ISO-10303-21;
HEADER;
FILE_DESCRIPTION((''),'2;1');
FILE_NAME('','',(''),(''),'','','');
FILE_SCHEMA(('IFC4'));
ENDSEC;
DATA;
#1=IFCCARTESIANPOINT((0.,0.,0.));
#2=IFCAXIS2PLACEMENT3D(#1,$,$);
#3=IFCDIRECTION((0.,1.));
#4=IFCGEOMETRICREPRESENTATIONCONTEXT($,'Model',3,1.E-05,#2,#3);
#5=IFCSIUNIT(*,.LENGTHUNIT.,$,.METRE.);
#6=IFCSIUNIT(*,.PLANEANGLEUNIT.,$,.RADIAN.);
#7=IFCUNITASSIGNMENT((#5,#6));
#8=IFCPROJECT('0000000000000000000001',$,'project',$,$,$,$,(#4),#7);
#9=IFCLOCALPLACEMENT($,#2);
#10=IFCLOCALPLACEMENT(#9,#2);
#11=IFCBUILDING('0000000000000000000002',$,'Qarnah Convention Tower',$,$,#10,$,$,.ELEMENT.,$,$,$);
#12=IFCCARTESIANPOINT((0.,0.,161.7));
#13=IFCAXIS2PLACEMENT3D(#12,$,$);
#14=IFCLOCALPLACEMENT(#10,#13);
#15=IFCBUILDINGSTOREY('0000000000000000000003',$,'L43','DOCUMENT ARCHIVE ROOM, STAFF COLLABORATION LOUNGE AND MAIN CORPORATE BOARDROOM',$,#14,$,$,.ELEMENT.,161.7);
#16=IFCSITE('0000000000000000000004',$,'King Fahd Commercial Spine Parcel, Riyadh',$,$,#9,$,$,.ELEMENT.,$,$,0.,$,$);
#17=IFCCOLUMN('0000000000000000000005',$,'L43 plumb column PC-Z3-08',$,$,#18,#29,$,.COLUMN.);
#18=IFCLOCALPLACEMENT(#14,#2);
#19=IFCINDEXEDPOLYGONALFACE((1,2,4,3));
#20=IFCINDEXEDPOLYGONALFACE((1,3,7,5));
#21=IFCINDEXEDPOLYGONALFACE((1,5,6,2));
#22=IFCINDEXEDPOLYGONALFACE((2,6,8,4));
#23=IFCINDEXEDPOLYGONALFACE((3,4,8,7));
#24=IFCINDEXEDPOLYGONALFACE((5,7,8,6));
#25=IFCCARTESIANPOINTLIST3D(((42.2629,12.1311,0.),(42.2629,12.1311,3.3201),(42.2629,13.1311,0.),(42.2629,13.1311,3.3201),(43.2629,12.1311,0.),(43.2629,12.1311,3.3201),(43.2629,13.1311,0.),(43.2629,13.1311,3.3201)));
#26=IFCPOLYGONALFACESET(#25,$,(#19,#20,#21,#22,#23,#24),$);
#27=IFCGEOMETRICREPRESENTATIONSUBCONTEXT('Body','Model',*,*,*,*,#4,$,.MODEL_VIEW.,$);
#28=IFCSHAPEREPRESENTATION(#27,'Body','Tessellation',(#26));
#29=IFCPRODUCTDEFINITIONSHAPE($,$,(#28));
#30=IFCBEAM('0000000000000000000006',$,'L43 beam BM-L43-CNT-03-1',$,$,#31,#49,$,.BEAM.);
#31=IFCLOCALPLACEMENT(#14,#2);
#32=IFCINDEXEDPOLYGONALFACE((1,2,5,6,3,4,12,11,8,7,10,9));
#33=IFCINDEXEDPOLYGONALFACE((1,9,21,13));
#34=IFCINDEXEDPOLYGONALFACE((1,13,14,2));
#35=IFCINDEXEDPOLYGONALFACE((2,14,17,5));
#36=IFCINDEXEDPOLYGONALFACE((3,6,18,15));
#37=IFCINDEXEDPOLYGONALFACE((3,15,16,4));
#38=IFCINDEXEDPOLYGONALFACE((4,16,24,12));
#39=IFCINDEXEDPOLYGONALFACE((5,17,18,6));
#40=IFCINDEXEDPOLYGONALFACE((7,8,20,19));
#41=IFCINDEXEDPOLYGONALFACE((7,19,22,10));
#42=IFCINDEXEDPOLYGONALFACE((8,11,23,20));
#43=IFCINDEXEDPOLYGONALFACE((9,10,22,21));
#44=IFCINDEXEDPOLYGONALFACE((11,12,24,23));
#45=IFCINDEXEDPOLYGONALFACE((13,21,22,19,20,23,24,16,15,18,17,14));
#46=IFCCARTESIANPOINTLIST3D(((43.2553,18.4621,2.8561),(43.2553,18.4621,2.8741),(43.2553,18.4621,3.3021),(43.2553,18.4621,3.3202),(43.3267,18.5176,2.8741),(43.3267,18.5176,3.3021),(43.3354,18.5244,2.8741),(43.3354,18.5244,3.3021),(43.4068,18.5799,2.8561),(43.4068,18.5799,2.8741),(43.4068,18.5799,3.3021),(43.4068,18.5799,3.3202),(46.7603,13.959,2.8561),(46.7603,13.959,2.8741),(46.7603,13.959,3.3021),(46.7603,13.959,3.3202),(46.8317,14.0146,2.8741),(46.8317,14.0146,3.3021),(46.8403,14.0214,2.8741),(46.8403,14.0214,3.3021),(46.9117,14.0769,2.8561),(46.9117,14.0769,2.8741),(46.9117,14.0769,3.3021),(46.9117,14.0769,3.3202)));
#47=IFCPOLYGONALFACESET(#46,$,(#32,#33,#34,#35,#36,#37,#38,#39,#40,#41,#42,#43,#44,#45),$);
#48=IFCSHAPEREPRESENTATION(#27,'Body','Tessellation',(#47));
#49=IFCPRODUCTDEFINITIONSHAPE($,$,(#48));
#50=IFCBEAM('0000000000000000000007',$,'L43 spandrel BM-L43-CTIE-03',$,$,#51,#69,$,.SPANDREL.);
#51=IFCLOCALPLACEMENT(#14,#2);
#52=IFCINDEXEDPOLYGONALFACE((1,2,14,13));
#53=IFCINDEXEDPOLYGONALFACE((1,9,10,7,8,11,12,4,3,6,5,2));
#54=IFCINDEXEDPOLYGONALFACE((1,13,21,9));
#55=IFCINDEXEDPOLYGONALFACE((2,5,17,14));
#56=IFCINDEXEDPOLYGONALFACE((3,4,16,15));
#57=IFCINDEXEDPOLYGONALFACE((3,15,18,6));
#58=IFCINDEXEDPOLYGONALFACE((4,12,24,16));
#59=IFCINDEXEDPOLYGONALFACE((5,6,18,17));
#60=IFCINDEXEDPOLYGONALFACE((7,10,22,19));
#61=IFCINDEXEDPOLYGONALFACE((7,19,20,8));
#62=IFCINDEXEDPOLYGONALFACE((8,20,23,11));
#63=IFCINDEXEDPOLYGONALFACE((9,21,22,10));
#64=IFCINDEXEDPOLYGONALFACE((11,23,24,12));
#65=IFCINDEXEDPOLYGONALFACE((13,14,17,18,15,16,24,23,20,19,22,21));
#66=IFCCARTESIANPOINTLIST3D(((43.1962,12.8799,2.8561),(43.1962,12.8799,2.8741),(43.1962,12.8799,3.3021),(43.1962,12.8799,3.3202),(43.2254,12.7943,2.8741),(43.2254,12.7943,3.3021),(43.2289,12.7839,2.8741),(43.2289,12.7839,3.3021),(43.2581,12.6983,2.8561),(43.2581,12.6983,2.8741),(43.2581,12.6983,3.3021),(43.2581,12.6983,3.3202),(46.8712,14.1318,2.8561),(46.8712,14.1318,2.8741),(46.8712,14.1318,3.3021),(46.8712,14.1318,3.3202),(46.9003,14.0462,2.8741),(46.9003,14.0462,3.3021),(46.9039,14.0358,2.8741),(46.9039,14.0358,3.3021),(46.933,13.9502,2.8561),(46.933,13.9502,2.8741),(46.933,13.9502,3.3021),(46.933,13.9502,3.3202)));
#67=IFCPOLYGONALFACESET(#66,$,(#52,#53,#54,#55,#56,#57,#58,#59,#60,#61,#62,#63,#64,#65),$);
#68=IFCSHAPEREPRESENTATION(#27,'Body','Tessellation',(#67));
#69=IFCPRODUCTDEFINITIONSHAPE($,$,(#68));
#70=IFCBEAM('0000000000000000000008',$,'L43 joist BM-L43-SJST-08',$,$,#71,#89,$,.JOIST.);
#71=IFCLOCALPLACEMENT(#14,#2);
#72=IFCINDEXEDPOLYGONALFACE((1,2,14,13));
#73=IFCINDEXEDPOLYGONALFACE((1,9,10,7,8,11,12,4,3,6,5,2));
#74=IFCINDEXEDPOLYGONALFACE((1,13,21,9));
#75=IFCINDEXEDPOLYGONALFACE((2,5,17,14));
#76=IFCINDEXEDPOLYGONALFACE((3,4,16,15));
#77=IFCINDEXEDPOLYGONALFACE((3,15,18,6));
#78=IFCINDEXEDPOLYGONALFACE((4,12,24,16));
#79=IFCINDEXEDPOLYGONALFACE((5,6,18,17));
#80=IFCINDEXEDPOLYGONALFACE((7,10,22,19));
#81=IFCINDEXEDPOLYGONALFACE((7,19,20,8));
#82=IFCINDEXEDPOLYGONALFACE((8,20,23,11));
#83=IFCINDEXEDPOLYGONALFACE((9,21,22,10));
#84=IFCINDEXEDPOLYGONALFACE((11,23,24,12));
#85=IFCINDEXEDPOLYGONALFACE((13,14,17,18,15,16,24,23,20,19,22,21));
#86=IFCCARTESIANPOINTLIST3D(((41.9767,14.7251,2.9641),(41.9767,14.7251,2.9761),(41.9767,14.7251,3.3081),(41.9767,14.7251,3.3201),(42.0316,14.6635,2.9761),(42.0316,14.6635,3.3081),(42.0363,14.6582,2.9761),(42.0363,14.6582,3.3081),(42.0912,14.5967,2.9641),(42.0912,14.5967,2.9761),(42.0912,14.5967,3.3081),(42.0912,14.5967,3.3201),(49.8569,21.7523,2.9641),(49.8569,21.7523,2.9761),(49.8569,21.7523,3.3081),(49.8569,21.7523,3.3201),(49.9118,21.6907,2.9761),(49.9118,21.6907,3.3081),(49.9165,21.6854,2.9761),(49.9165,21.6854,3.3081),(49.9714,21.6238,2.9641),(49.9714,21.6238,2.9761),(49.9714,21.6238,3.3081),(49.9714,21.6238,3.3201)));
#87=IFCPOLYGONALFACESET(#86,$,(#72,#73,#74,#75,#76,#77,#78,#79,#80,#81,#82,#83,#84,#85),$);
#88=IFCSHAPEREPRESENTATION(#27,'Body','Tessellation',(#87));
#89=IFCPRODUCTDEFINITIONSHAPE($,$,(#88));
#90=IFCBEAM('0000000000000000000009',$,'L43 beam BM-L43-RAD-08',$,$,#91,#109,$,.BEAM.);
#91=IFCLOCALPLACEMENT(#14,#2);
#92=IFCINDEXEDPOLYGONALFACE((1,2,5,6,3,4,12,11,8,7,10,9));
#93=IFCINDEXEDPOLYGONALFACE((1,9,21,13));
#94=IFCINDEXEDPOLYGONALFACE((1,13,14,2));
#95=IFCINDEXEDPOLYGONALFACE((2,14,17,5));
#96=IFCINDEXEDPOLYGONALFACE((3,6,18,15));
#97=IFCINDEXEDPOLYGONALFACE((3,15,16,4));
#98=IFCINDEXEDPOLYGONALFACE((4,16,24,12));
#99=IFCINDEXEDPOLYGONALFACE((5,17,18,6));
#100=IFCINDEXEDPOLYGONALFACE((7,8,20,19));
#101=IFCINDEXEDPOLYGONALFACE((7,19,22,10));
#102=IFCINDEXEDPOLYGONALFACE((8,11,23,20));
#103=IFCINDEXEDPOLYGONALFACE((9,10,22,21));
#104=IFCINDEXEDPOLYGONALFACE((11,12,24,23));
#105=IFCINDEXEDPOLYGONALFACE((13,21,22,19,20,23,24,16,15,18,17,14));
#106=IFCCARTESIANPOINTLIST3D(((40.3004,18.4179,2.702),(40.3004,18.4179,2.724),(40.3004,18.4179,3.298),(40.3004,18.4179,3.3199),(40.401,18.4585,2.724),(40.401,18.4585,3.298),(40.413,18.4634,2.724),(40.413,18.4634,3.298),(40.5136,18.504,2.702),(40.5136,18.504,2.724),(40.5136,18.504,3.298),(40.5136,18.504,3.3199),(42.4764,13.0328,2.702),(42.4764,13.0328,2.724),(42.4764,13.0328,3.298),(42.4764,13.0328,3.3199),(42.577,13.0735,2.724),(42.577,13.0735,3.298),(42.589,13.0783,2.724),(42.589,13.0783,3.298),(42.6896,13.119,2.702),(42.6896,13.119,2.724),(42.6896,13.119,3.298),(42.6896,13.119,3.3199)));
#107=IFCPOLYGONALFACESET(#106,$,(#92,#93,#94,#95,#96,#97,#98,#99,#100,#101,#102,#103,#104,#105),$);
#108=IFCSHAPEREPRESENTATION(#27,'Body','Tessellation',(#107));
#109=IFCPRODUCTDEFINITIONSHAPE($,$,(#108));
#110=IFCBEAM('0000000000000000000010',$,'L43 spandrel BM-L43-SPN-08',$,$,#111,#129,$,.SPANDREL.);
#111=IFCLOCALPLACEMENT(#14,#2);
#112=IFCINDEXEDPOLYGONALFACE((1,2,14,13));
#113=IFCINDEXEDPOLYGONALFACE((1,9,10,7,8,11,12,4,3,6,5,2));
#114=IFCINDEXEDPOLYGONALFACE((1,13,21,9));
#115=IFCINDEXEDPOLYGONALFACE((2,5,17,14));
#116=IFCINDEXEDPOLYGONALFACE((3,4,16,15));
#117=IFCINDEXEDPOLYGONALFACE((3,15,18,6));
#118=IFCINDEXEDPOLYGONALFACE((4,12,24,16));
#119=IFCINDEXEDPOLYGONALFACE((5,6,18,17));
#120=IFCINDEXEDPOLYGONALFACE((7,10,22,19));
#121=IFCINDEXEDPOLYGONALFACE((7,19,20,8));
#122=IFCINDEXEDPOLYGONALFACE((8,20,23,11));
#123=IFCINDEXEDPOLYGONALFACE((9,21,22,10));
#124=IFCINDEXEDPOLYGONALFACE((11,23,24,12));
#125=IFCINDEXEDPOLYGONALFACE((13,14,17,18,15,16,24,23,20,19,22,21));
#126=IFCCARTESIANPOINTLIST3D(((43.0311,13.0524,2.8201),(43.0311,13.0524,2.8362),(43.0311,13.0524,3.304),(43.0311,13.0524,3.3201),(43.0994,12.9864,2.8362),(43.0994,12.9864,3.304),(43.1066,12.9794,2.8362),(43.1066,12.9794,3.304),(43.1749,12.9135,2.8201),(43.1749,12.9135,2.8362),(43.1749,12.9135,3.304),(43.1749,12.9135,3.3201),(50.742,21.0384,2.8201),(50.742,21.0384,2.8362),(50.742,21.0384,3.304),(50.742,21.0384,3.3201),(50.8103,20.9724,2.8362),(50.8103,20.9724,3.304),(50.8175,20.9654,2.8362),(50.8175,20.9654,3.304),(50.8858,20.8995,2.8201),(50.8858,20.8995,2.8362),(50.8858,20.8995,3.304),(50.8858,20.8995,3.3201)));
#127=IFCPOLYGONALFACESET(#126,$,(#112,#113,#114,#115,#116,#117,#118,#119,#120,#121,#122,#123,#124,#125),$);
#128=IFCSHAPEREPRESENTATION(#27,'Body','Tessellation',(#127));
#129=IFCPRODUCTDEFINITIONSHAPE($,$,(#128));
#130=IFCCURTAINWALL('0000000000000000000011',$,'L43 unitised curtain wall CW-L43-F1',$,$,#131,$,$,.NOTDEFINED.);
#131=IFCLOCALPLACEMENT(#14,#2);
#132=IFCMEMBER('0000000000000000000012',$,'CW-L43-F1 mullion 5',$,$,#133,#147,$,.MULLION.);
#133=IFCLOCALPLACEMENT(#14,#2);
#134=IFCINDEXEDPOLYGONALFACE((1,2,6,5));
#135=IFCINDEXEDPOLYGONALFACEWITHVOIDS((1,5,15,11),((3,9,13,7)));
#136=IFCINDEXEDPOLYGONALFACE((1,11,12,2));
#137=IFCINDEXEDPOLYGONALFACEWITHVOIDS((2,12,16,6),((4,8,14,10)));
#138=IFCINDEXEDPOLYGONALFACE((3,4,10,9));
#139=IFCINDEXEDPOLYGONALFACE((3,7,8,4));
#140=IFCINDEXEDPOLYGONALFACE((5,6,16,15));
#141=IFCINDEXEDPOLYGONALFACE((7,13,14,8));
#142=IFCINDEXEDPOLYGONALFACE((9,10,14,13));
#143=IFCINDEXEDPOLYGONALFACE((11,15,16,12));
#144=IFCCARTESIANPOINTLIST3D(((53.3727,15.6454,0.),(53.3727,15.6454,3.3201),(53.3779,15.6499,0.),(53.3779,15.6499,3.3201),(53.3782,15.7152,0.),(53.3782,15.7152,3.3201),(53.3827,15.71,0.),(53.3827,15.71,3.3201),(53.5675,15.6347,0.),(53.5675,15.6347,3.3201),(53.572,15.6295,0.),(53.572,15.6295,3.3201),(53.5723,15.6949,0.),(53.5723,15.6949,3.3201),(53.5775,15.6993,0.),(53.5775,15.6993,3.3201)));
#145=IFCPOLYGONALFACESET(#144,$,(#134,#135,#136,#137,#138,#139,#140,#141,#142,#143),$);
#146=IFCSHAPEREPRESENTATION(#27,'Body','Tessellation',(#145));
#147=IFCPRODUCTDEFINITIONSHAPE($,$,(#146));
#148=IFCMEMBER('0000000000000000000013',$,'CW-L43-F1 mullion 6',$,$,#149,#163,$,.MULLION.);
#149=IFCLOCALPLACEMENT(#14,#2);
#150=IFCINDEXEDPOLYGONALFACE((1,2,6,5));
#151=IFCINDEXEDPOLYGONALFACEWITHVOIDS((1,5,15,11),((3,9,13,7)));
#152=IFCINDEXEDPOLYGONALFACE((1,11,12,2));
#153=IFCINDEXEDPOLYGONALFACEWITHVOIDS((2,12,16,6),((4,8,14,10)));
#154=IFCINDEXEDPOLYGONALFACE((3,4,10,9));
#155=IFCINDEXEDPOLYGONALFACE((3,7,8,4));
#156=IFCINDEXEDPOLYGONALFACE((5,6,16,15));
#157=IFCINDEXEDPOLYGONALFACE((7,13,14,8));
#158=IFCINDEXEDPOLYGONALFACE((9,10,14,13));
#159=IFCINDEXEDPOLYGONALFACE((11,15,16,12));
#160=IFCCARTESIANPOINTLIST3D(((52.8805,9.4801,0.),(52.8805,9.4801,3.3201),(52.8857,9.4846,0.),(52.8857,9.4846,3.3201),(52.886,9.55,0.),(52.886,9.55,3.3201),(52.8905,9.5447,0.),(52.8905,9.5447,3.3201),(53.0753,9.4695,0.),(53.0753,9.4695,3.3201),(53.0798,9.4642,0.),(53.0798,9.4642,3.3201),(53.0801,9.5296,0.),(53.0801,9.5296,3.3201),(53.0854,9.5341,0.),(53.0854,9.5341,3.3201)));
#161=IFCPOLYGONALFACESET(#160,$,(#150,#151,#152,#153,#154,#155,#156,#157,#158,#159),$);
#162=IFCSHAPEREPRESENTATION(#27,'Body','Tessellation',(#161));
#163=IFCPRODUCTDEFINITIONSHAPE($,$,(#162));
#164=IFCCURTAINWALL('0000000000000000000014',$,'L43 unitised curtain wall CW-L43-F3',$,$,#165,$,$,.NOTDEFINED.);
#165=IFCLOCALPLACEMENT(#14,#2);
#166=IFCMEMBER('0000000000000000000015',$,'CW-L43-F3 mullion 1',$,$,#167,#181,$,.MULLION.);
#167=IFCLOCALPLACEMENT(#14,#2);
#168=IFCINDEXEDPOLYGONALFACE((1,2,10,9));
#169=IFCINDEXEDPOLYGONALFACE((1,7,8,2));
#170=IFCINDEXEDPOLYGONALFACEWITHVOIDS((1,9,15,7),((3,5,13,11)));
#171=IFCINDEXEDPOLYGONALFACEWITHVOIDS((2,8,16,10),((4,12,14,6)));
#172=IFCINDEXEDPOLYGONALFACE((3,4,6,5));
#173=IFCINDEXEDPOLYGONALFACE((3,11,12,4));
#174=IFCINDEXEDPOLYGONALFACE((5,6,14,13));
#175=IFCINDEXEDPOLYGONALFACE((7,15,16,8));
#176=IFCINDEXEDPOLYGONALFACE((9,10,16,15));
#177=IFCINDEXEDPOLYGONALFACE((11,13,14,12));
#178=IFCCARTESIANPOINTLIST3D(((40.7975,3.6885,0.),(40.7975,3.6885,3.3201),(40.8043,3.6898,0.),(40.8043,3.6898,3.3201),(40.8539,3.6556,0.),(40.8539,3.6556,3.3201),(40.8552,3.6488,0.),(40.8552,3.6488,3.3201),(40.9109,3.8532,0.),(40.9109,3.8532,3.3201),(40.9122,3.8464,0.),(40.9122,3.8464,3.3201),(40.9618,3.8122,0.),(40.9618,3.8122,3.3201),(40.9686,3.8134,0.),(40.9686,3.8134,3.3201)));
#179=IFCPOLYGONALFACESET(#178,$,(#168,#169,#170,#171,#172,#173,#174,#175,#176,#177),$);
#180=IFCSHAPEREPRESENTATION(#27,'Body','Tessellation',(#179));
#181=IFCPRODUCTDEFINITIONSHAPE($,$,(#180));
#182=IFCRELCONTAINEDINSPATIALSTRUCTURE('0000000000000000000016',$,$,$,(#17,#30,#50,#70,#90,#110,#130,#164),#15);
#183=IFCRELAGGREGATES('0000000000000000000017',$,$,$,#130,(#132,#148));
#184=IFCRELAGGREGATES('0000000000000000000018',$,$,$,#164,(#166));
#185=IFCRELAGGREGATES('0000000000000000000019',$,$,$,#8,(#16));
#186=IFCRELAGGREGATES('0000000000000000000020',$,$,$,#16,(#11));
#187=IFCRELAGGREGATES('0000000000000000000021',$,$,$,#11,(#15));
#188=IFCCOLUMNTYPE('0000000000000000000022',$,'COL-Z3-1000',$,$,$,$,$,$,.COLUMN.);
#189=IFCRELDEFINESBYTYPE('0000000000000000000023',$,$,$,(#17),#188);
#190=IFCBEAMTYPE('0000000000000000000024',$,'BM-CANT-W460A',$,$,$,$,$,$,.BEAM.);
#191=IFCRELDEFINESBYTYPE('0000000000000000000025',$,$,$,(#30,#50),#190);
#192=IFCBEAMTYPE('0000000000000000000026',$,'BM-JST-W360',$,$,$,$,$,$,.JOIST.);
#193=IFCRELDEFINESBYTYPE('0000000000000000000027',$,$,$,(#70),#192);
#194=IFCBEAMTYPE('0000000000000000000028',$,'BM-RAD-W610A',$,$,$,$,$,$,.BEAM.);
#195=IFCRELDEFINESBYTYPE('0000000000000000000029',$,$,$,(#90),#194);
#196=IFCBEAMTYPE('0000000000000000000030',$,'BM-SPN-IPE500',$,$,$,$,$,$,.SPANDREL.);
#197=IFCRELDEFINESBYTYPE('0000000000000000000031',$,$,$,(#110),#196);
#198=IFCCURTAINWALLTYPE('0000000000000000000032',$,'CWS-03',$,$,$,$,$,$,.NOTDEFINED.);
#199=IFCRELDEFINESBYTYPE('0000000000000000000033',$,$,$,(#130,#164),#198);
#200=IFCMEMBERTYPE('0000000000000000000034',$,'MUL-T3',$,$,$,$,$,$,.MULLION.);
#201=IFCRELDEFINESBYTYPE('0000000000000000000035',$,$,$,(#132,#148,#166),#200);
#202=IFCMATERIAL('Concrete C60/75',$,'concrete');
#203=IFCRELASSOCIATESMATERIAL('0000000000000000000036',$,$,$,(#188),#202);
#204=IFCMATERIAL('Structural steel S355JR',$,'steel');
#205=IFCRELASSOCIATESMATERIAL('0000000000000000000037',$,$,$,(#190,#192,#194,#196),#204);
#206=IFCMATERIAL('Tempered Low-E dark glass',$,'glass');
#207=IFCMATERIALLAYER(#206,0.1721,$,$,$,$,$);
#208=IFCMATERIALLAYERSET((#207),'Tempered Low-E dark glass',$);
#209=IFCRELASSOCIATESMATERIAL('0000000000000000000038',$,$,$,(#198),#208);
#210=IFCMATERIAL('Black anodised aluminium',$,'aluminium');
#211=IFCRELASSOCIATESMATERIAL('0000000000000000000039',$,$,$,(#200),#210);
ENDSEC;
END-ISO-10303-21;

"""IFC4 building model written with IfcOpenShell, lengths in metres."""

from ifc_helpers import new_model, si_unit, direction, frame, origin, origin_2d, place, context, subcontext, project, spatial, rectangle, hollow_rectangle, i_section, extrude, material, layer, layer_set, material_profile, profile_set, type_object, element, aggregate, save


model = new_model("IFC4")

# Units and contexts
model_context = context("Model", 3, precision=1e-05, world=origin(), true_north=direction((0.0, 1.0)))
body_context = subcontext(model_context, "Body", "Model", "MODEL_VIEW")
ifc_project = project(units=[si_unit("LENGTHUNIT", "METRE"), si_unit("PLANEANGLEUNIT", "RADIAN")], contexts=[model_context])

# Site, building, storey
site_placement = place(None, origin())
site = spatial("IfcSite", under=ifc_project, at=site_placement, Name="King Fahd Commercial Spine Parcel, Riyadh", CompositionType="ELEMENT", RefElevation=0.0)
building_placement = place(site_placement, origin())
building = spatial("IfcBuilding", under=site, at=building_placement, Name="Qarnah Convention Tower", CompositionType="ELEMENT")
storey_placement = place(building_placement, frame((0.0, 0.0, 161.7)))
storey = spatial("IfcBuildingStorey", under=building, at=storey_placement, Name="L43", Description="DOCUMENT ARCHIVE ROOM, STAFF COLLABORATION LOUNGE AND MAIN CORPORATE BOARDROOM", CompositionType="ELEMENT", Elevation=161.7)

# Column
ifc_material_1 = material(Name="Concrete C60/75", Category="concrete")
ifc_material_profile_1 = material_profile(ifc_material_1, rectangle(XDim=1.0, YDim=1.0, at=origin_2d()), Name="RC-COL-1000X1000")
ifc_profile_set_1 = profile_set([ifc_material_profile_1], Name="Concrete C60/75")
column_type = type_object("IfcColumnType", Name="COL-Z3-1000", PredefinedType="COLUMN", material=ifc_profile_set_1)
column_placement = place(storey_placement, frame((42.7629, 12.6311, 0.0), z_axis=(0.0, 0.0, 1.0), x_axis=(1.0, 0.0, 0.0)))
element("IfcColumn", 1, at=column_placement, inside=storey, type_object=column_type, Name="L43 plumb column PC-Z3-08", PredefinedType="COLUMN", context=body_context, shape_type="SweptSolid", body=[
    extrude(rectangle(XDim=1.0, YDim=1.0, at=origin_2d()), origin(), (0.0, 0.0, 1.0), 3.3201),
])

# Beams
ifc_material_2 = material(Name="Structural steel S355JR", Category="steel")
ifc_material_profile_2 = material_profile(ifc_material_2, i_section(OverallWidth=0.1919, OverallDepth=0.4641, WebThickness=0.011, FlangeThickness=0.0181, at=origin_2d()), Name="W460X89")
ifc_profile_set_2 = profile_set([ifc_material_profile_2], Name="Structural steel S355JR")
beam_type_1 = type_object("IfcBeamType", Name="BM-CANT-W460A", PredefinedType="BEAM", material=ifc_profile_set_2)
beam_1_placement = place(storey_placement, frame((43.3311, 18.521, 3.0881), z_axis=(0.614225, -0.789131, 0.0), x_axis=(0.789131, 0.614225, 0.0)))
element("IfcBeam", 2, at=beam_1_placement, inside=storey, type_object=beam_type_1, Name="L43 beam BM-L43-CNT-03-1", PredefinedType="BEAM", context=body_context, shape_type="SweptSolid", body=[
    extrude(i_section(OverallWidth=0.1919, OverallDepth=0.4641, WebThickness=0.011, FlangeThickness=0.0181, at=origin_2d()), origin(), (0.0, 0.0, 1.0), 5.7063),
])
beam_2_placement = place(storey_placement, frame((46.9021, 14.041, 3.0881), z_axis=(-0.946581, -0.322465, 0.0), x_axis=(0.322465, -0.946581, 0.0)))
element("IfcBeam", 3, at=beam_2_placement, inside=storey, type_object=beam_type_1, Name="L43 spandrel BM-L43-CTIE-03", PredefinedType="SPANDREL", context=body_context, shape_type="SweptSolid", body=[
    extrude(i_section(OverallWidth=0.1919, OverallDepth=0.4641, WebThickness=0.011, FlangeThickness=0.0181, at=origin_2d()), origin(), (0.0, 0.0, 1.0), 3.8823),
])
ifc_material_profile_3 = material_profile(ifc_material_2, i_section(OverallWidth=0.1721, OverallDepth=0.356, WebThickness=0.0071, FlangeThickness=0.012, at=origin_2d()), Name="W360X51")
ifc_profile_set_3 = profile_set([ifc_material_profile_3], Name="Structural steel S355JR")
beam_type_2 = type_object("IfcBeamType", Name="BM-JST-W360", PredefinedType="JOIST", material=ifc_profile_set_3)
beam_3_placement = place(storey_placement, frame((42.0339, 14.6609, 3.1421), z_axis=(0.746348, 0.665556, 0.0), x_axis=(-0.665556, 0.746348, 0.0)))
element("IfcBeam", 4, at=beam_3_placement, inside=storey, type_object=beam_type_2, Name="L43 joist BM-L43-SJST-08", PredefinedType="JOIST", context=body_context, shape_type="SweptSolid", body=[
    extrude(i_section(OverallWidth=0.1721, OverallDepth=0.356, WebThickness=0.0071, FlangeThickness=0.012, at=origin_2d()), origin(), (0.0, 0.0, 1.0), 10.5583),
])
ifc_material_profile_4 = material_profile(ifc_material_2, i_section(OverallWidth=0.23, OverallDepth=0.6179, WebThickness=0.0129, FlangeThickness=0.022, at=origin_2d()), Name="W610X140")
ifc_profile_set_4 = profile_set([ifc_material_profile_4], Name="Structural steel S355JR")
beam_type_3 = type_object("IfcBeamType", Name="BM-RAD-W610A", PredefinedType="BEAM", material=ifc_profile_set_4)
beam_4_placement = place(storey_placement, frame((40.407, 18.4609, 3.011), z_axis=(0.374657, -0.927164, 0.0), x_axis=(0.927164, 0.374657, 0.0)))
element("IfcBeam", 5, at=beam_4_placement, inside=storey, type_object=beam_type_3, Name="L43 beam BM-L43-RAD-08", PredefinedType="BEAM", context=body_context, shape_type="SweptSolid", body=[
    extrude(i_section(OverallWidth=0.23, OverallDepth=0.6179, WebThickness=0.0129, FlangeThickness=0.022, at=origin_2d()), origin(), (0.0, 0.0, 1.0), 5.8081),
])
ifc_material_profile_5 = material_profile(ifc_material_2, i_section(OverallWidth=0.2, OverallDepth=0.5, WebThickness=0.01, FlangeThickness=0.0161, at=origin_2d()), Name="IPE500")
ifc_profile_set_5 = profile_set([ifc_material_profile_5], Name="Structural steel S355JR")
beam_type_4 = type_object("IfcBeamType", Name="BM-SPN-IPE500", PredefinedType="SPANDREL", material=ifc_profile_set_5)
beam_5_placement = place(storey_placement, frame((43.103, 12.9829, 3.0701), z_axis=(0.694606, 0.719391, 0.0), x_axis=(-0.719391, 0.694606, 0.0)))
element("IfcBeam", 6, at=beam_5_placement, inside=storey, type_object=beam_type_4, Name="L43 spandrel BM-L43-SPN-08", PredefinedType="SPANDREL", context=body_context, shape_type="SweptSolid", body=[
    extrude(i_section(OverallWidth=0.2, OverallDepth=0.5, WebThickness=0.01, FlangeThickness=0.0161, at=origin_2d()), origin(), (0.0, 0.0, 1.0), 11.1011),
])

# Curtain walls, members
ifc_material_3 = material(Name="Tempered Low-E dark glass", Category="glass")
ifc_layer_1 = layer(ifc_material_3, 0.1721)
ifc_layer_set_1 = layer_set([ifc_layer_1], Name="Tempered Low-E dark glass")
curtain_wall_type = type_object("IfcCurtainWallType", Name="CWS-03", PredefinedType="NOTDEFINED", material=ifc_layer_set_1)
curtain_wall_1_placement = place(storey_placement, origin())
curtain_wall_1 = element("IfcCurtainWall", 7, at=curtain_wall_1_placement, inside=storey, type_object=curtain_wall_type, Name="L43 unitised curtain wall CW-L43-F1", PredefinedType="NOTDEFINED")
ifc_material_4 = material(Name="Black anodised aluminium", Category="aluminium")
ifc_material_profile_6 = material_profile(ifc_material_4, hollow_rectangle(XDim=0.0701, YDim=0.2, WallThickness=0.0049, at=origin_2d()), Name="MUL-70X200")
ifc_profile_set_6 = profile_set([ifc_material_profile_6], Name="Black anodised aluminium")
member_type_1 = type_object("IfcMemberType", Name="MUL-T3", PredefinedType="MULLION", material=ifc_profile_set_6)
member_1_placement = place(storey_placement, frame((53.4751, 15.6724, 0.0), z_axis=(0.0, 0.0, 1.0), x_axis=(-0.079547, -0.996831, 0.0)))
member_1 = element("IfcMember", 8, at=member_1_placement, type_object=member_type_1, Name="CW-L43-F1 mullion 5", PredefinedType="MULLION", context=body_context, shape_type="SweptSolid", body=[
    extrude(hollow_rectangle(XDim=0.0701, YDim=0.2, WallThickness=0.0049, at=origin_2d()), origin(), (0.0, 0.0, 1.0), 3.3201),
])
member_2_placement = place(storey_placement, frame((52.9829, 9.5071, 0.0), z_axis=(0.0, 0.0, 1.0), x_axis=(-0.079547, -0.996831, 0.0)))
member_2 = element("IfcMember", 9, at=member_2_placement, type_object=member_type_1, Name="CW-L43-F1 mullion 6", PredefinedType="MULLION", context=body_context, shape_type="SweptSolid", body=[
    extrude(hollow_rectangle(XDim=0.0701, YDim=0.2, WallThickness=0.0049, at=origin_2d()), origin(), (0.0, 0.0, 1.0), 3.3201),
])
curtain_wall_2_placement = place(storey_placement, origin())
curtain_wall_2 = element("IfcCurtainWall", 10, at=curtain_wall_2_placement, inside=storey, type_object=curtain_wall_type, Name="L43 unitised curtain wall CW-L43-F3", PredefinedType="NOTDEFINED")
member_3_placement = place(storey_placement, frame((40.8831, 3.751, 0.0), z_axis=(0.0, 0.0, 1.0), x_axis=(-0.823532, 0.56727, 0.0)))
member_3 = element("IfcMember", 11, at=member_3_placement, type_object=member_type_1, Name="CW-L43-F3 mullion 1", PredefinedType="MULLION", context=body_context, shape_type="SweptSolid", body=[
    extrude(hollow_rectangle(XDim=0.0701, YDim=0.2, WallThickness=0.0049, at=origin_2d()), origin(), (0.0, 0.0, 1.0), 3.3201),
])

aggregate(curtain_wall_1, [member_1, member_2])
aggregate(curtain_wall_2, [member_3])

save(model, "model.ifc")
